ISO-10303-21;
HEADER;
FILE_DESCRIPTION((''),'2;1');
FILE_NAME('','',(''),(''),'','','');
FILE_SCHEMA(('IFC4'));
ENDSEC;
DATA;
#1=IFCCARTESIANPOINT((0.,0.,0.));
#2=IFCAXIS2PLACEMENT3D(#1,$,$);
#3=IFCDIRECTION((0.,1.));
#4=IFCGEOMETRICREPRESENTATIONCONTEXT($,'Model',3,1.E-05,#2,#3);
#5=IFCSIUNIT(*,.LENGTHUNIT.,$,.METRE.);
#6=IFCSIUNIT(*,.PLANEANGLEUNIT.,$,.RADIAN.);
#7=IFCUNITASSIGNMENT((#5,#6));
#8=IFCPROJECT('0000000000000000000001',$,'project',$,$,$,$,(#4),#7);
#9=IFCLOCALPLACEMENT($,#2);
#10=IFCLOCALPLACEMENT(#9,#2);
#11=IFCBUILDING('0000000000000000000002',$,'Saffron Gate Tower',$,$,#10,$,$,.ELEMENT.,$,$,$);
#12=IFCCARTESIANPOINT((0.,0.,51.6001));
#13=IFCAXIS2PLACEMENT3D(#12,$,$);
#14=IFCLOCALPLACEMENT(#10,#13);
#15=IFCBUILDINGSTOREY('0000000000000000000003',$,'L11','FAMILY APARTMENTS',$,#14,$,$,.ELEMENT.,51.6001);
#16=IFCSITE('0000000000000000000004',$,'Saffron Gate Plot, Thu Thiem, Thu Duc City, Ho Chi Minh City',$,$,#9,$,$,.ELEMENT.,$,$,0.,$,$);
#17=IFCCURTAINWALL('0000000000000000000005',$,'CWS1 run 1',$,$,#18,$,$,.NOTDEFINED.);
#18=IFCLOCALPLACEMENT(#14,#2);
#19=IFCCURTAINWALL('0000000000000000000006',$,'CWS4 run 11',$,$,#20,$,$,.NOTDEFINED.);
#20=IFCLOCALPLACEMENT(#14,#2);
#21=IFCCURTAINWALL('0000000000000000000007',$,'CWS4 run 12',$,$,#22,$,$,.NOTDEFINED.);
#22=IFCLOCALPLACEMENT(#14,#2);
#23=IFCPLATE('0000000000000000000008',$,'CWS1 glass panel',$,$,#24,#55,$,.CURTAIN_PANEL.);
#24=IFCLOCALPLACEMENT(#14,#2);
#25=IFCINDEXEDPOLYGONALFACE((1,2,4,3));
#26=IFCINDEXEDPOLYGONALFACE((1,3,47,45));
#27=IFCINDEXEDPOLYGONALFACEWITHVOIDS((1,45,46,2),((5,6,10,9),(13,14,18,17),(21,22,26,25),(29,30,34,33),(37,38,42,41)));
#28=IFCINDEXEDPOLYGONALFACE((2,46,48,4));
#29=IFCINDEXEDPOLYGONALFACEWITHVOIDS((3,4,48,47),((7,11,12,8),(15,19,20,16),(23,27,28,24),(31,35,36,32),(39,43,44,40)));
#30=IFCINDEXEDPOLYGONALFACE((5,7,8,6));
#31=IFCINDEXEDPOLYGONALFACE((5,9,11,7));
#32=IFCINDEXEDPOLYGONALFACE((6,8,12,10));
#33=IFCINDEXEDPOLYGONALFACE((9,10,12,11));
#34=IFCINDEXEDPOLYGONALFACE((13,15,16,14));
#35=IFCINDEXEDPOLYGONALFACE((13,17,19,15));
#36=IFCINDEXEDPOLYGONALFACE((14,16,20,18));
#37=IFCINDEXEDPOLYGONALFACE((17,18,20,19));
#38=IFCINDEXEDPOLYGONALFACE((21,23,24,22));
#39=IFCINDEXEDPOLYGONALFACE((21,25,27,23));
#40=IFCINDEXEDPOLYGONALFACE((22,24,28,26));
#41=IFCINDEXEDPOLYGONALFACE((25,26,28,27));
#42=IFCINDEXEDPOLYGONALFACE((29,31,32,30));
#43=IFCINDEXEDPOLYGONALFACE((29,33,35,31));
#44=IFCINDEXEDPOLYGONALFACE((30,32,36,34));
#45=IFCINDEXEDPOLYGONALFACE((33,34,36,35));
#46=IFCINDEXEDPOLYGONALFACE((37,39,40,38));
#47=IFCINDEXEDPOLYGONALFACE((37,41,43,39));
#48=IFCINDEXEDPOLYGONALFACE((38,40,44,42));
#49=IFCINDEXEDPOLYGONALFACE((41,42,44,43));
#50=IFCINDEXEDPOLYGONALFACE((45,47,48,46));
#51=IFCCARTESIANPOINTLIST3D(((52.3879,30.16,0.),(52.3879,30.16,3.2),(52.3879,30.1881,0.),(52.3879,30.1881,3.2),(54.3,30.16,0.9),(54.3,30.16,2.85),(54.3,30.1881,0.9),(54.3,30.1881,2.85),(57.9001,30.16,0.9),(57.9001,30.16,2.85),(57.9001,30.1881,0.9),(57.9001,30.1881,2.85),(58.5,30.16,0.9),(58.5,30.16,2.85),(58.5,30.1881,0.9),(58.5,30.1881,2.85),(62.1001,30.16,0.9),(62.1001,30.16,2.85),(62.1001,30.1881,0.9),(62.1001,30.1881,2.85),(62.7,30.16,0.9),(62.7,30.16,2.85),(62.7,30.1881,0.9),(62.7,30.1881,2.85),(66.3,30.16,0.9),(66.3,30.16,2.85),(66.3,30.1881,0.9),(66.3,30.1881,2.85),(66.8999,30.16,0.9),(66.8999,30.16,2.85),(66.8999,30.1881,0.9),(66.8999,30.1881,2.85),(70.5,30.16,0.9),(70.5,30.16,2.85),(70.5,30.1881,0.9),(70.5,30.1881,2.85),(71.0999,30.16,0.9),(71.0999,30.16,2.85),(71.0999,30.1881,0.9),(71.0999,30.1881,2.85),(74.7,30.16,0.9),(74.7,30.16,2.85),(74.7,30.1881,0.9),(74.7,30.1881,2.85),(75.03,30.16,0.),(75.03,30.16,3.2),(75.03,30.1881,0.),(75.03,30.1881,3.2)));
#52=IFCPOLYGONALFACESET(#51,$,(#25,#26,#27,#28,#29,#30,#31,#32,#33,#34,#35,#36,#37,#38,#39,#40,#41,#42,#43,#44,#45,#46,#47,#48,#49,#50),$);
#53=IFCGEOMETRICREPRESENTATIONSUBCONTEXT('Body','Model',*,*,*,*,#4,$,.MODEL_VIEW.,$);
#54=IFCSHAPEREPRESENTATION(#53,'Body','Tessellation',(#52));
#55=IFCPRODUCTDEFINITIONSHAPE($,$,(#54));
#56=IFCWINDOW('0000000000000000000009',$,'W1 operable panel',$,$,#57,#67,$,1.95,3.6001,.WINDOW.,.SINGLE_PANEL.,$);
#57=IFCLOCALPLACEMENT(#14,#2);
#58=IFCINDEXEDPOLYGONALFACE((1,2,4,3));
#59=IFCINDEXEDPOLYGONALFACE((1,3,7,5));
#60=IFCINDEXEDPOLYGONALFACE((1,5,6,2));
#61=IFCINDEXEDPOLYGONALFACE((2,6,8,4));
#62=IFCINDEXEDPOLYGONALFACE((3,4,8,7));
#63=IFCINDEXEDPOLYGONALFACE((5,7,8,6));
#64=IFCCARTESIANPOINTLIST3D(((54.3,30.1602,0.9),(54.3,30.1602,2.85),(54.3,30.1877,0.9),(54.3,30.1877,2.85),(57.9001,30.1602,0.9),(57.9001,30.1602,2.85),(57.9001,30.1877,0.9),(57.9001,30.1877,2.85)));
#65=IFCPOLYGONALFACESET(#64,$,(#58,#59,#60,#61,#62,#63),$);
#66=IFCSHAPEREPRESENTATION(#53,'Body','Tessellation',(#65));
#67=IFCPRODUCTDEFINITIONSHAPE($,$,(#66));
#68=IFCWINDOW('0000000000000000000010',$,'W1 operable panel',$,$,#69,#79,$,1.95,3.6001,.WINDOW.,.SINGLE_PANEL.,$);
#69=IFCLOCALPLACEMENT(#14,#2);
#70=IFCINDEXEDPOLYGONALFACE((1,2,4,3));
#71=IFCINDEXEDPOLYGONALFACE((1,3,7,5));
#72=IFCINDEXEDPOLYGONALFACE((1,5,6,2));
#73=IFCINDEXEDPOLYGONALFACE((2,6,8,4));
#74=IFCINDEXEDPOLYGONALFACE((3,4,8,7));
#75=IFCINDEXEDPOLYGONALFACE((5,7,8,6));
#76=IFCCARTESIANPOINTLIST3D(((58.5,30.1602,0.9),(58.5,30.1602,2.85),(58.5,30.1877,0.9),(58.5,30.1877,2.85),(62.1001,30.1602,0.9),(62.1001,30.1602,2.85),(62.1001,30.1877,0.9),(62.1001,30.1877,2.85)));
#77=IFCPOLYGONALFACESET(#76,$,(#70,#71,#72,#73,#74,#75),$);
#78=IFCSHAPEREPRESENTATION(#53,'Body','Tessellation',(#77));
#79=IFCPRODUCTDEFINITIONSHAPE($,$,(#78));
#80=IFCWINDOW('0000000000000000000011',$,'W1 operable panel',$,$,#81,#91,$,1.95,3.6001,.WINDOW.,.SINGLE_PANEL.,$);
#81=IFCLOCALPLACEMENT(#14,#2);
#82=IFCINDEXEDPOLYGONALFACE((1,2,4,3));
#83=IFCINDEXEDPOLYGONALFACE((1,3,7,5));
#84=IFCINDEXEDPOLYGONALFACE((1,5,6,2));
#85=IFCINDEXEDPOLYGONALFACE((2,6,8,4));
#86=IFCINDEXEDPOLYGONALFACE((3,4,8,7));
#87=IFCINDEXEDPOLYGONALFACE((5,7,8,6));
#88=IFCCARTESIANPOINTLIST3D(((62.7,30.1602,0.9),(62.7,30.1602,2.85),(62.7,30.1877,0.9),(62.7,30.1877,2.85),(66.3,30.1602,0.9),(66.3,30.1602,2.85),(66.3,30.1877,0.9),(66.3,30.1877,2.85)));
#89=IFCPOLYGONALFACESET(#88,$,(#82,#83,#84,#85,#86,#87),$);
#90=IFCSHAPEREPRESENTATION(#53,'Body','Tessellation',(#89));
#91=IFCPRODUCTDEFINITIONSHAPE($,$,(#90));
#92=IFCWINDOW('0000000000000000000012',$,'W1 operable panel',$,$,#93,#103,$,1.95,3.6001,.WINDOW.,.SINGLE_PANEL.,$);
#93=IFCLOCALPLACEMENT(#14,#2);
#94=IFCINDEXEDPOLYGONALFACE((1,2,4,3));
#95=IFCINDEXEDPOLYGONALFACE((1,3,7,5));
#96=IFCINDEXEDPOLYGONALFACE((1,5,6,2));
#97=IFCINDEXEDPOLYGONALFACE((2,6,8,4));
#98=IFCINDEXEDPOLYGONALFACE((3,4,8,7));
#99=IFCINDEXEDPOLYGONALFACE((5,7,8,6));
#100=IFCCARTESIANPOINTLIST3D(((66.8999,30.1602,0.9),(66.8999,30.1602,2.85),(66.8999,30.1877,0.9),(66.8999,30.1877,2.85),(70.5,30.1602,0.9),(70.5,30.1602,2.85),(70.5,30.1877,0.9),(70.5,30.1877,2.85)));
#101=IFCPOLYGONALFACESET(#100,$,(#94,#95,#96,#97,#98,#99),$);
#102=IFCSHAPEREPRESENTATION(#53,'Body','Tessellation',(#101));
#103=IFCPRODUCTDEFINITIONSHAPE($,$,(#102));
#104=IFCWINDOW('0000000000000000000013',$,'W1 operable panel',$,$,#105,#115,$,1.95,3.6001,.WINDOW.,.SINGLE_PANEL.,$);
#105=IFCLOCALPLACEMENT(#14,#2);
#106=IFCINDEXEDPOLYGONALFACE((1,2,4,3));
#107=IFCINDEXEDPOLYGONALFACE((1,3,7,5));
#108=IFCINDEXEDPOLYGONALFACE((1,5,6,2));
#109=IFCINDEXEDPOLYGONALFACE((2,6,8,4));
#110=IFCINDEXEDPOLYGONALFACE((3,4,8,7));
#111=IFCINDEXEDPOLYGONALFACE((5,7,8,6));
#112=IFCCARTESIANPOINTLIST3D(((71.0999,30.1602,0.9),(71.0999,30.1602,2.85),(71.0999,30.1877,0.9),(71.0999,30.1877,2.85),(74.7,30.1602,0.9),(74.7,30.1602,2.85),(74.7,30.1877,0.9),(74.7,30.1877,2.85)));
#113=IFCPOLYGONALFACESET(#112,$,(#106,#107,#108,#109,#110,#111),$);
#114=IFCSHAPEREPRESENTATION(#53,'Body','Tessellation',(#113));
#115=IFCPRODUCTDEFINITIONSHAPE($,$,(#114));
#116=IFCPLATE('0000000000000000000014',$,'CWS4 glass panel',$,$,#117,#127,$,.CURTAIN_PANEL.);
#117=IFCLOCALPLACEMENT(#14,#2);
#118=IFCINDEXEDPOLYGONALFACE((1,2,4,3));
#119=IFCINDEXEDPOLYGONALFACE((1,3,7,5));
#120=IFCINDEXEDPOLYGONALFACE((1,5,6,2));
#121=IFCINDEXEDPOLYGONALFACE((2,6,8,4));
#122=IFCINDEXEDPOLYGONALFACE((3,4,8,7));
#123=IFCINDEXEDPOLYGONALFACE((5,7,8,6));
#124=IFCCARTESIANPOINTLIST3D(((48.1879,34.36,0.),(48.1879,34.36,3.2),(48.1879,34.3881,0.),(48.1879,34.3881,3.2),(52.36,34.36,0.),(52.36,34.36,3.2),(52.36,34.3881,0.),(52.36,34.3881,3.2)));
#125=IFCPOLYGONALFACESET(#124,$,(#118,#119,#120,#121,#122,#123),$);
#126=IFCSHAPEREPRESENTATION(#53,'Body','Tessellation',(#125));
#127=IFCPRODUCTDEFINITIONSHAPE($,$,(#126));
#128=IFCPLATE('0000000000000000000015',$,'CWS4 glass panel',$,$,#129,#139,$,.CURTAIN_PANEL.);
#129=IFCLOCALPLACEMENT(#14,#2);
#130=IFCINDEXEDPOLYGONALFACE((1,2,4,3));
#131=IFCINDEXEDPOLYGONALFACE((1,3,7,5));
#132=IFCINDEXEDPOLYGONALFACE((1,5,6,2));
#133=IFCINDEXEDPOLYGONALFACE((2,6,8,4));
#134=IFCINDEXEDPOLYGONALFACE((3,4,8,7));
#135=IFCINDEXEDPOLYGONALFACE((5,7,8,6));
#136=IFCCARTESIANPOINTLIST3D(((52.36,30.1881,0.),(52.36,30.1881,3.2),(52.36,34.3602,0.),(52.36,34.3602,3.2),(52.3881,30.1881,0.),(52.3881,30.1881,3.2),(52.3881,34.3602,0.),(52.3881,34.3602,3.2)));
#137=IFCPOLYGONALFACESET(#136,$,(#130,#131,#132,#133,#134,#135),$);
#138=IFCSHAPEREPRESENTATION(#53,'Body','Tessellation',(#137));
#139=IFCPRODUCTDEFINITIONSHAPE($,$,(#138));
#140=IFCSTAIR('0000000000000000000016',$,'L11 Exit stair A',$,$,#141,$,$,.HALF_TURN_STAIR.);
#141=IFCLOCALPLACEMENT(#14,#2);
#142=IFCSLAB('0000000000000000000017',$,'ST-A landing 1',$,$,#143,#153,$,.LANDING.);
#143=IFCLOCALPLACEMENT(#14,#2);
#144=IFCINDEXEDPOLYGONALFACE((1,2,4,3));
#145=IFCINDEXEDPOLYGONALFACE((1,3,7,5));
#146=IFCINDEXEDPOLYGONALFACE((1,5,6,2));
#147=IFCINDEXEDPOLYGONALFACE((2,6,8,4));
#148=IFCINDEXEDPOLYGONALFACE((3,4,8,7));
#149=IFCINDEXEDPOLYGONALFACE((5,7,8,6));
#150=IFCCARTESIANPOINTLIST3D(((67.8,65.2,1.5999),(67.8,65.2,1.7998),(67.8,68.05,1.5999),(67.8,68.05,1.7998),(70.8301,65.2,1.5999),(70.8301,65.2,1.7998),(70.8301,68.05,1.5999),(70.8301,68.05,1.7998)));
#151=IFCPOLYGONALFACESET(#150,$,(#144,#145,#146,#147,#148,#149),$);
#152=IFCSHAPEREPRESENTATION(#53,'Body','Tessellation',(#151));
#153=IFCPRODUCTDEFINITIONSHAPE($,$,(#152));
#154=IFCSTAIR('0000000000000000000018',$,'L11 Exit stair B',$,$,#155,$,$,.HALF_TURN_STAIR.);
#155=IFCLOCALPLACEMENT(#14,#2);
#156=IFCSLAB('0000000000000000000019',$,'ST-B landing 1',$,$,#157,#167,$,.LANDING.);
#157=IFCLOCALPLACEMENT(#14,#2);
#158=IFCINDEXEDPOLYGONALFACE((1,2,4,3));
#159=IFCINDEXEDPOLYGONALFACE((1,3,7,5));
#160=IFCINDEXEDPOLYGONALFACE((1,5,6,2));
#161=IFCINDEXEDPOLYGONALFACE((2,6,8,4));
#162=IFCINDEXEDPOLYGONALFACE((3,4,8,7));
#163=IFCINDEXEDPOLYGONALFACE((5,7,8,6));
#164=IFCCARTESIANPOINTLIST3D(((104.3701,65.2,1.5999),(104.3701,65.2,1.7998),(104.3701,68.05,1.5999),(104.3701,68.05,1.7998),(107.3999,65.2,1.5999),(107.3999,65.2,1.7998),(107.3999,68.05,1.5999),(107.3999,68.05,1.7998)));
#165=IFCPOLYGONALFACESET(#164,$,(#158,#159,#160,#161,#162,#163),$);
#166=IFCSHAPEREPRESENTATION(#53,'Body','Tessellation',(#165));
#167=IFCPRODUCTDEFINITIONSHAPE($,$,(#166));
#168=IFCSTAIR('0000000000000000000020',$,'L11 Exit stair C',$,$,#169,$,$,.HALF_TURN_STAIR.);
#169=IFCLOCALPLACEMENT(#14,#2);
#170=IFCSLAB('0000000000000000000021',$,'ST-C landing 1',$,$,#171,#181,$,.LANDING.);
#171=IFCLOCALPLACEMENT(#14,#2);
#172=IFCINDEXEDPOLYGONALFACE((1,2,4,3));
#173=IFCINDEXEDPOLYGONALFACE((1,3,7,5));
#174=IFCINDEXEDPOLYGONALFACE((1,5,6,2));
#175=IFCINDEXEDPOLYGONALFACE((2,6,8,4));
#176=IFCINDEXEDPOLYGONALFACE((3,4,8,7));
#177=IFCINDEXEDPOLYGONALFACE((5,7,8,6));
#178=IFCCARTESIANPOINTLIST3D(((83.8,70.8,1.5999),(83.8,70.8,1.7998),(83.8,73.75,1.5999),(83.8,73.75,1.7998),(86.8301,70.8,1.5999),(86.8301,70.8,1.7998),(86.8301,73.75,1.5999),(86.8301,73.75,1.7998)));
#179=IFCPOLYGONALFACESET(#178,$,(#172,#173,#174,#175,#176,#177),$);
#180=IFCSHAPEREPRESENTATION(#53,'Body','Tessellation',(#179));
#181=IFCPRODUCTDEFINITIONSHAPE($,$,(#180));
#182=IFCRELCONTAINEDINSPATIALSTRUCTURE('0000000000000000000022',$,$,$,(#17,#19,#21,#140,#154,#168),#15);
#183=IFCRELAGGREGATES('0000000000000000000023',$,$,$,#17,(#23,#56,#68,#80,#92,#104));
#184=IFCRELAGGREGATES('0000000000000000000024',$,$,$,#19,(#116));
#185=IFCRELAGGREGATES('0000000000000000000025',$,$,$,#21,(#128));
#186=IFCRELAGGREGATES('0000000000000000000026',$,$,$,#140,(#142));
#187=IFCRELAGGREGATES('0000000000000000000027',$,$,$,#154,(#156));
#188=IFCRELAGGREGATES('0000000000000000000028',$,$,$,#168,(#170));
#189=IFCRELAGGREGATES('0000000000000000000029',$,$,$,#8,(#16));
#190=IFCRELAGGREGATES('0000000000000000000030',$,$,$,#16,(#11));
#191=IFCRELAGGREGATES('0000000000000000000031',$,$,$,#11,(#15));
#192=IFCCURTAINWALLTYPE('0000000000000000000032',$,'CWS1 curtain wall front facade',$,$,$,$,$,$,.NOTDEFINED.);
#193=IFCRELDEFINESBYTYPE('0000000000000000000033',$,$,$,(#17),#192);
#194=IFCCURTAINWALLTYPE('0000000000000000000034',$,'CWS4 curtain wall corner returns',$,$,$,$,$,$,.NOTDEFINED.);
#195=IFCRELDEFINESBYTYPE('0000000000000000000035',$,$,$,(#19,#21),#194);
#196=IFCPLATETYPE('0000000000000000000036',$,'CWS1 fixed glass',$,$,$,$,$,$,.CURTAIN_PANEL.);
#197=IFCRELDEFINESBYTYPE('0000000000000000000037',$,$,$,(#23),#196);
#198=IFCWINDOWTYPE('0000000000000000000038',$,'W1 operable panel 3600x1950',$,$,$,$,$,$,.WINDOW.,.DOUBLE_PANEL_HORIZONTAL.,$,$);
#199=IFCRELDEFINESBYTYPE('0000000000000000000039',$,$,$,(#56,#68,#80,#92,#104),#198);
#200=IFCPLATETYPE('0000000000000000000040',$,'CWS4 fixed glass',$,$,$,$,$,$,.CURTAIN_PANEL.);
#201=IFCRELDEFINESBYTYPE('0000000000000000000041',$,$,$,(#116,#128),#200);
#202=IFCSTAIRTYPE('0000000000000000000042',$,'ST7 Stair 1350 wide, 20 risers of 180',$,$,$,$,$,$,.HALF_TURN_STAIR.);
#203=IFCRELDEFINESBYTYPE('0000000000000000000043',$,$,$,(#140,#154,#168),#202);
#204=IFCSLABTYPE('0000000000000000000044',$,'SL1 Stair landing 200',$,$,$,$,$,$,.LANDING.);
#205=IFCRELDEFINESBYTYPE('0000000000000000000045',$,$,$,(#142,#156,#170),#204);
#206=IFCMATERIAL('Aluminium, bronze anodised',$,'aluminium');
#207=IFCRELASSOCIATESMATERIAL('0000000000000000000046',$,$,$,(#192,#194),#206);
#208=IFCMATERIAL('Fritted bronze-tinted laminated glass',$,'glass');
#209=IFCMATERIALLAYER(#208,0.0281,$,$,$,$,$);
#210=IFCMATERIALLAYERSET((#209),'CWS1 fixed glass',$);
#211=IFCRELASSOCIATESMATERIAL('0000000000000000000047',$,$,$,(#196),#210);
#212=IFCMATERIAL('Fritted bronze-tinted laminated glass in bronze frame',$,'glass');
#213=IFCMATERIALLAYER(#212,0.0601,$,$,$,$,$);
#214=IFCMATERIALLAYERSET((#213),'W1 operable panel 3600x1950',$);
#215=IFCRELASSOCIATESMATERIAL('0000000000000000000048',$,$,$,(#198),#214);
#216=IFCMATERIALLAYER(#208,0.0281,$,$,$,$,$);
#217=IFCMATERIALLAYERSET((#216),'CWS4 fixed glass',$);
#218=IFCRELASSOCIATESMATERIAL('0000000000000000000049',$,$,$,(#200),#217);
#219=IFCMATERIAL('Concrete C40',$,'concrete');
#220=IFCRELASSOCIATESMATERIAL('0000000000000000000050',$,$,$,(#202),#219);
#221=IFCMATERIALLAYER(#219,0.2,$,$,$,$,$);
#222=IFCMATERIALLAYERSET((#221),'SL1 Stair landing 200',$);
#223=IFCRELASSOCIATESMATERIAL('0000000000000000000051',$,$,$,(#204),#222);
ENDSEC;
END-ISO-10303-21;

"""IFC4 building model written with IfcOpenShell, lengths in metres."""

from ifc_helpers import new_model, si_unit, direction, frame, frame_2d, origin, place, context, subcontext, project, spatial, polyline, rectangle, outline, extrude, material, layer, layer_set, type_object, element, fill, aggregate, save


model = new_model("IFC4")

# Units and contexts
model_context = context("Model", 3, precision=1e-05, world=origin(), true_north=direction((0.0, 1.0)))
body_context = subcontext(model_context, "Body", "Model", "MODEL_VIEW")
ifc_project = project(units=[si_unit("LENGTHUNIT", "METRE"), si_unit("PLANEANGLEUNIT", "RADIAN")], contexts=[model_context])

# Site, building, storey
site_placement = place(None, origin())
site = spatial("IfcSite", under=ifc_project, at=site_placement, Name="Saffron Gate Plot, Thu Thiem, Thu Duc City, Ho Chi Minh City", CompositionType="ELEMENT", RefElevation=0.0)
building_placement = place(site_placement, origin())
building = spatial("IfcBuilding", under=site, at=building_placement, Name="Saffron Gate Tower", CompositionType="ELEMENT")
storey_placement = place(building_placement, frame((0.0, 0.0, 51.6001)))
storey = spatial("IfcBuildingStorey", under=building, at=storey_placement, Name="L11", Description="FAMILY APARTMENTS", CompositionType="ELEMENT", Elevation=51.6001)

# Curtain wall
ifc_material_1 = material(Name="Aluminium, bronze anodised", Category="aluminium")
curtain_wall_type_1 = type_object("IfcCurtainWallType", Name="CWS1 curtain wall front facade", PredefinedType="NOTDEFINED", material=ifc_material_1)
curtain_wall_1_placement = place(storey_placement, origin())
curtain_wall_1 = element("IfcCurtainWall", 1, at=curtain_wall_1_placement, inside=storey, type_object=curtain_wall_type_1, Name="CWS1 run 1", PredefinedType="NOTDEFINED")

# Curtain walls
curtain_wall_type_2 = type_object("IfcCurtainWallType", Name="CWS4 curtain wall corner returns", PredefinedType="NOTDEFINED", material=ifc_material_1)
curtain_wall_2_placement = place(storey_placement, origin())
curtain_wall_2 = element("IfcCurtainWall", 2, at=curtain_wall_2_placement, inside=storey, type_object=curtain_wall_type_2, Name="CWS4 run 11", PredefinedType="NOTDEFINED")
curtain_wall_3_placement = place(storey_placement, origin())
curtain_wall_3 = element("IfcCurtainWall", 3, at=curtain_wall_3_placement, inside=storey, type_object=curtain_wall_type_2, Name="CWS4 run 12", PredefinedType="NOTDEFINED")

# Plate, openings, windows
ifc_material_2 = material(Name="Fritted bronze-tinted laminated glass", Category="glass")
ifc_layer_1 = layer(ifc_material_2, 0.0281)
ifc_layer_set_1 = layer_set([ifc_layer_1], Name="CWS1 fixed glass")
plate_type_1 = type_object("IfcPlateType", Name="CWS1 fixed glass", PredefinedType="CURTAIN_PANEL", material=ifc_layer_set_1)
plate_1_placement = place(storey_placement, frame((52.3879, 30.1741, 0.0), z_axis=(0.0, 0.0, 1.0), x_axis=(1.0, 0.0, 0.0)))
plate_1 = element("IfcPlate", 4, at=plate_1_placement, type_object=plate_type_1, Name="CWS1 glass panel", PredefinedType="CURTAIN_PANEL", context=body_context, shape_type="SweptSolid", body=[
    extrude(rectangle(XDim=22.6421, YDim=0.0281, at=frame_2d((11.321, 0.0))), origin(), (0.0, 0.0, 1.0), 3.2),
])
opening_1_placement = place(plate_1_placement, frame((1.9121, 0.0, 0.8999)))
opening_1 = element("IfcOpeningElement", 5, at=opening_1_placement, cuts=plate_1, PredefinedType="OPENING", context=body_context, shape_type="SweptSolid", body=[
    extrude(rectangle(XDim=3.6001, YDim=1.95, at=frame_2d((1.8, 0.9751))), frame((0.0, 0.0239, 0.0), z_axis=(0.0, -1.0, 0.0), x_axis=(1.0, 0.0, 0.0)), (0.0, 0.0, 1.0), 0.0481),
])
opening_2_placement = place(plate_1_placement, frame((6.1121, 0.0, 0.8999)))
opening_2 = element("IfcOpeningElement", 6, at=opening_2_placement, cuts=plate_1, PredefinedType="OPENING", context=body_context, shape_type="SweptSolid", body=[
    extrude(rectangle(XDim=3.6001, YDim=1.95, at=frame_2d((1.8, 0.9751))), frame((0.0, 0.0239, 0.0), z_axis=(0.0, -1.0, 0.0), x_axis=(1.0, 0.0, 0.0)), (0.0, 0.0, 1.0), 0.0481),
])
opening_3_placement = place(plate_1_placement, frame((10.312, 0.0, 0.8999)))
opening_3 = element("IfcOpeningElement", 7, at=opening_3_placement, cuts=plate_1, PredefinedType="OPENING", context=body_context, shape_type="SweptSolid", body=[
    extrude(rectangle(XDim=3.6001, YDim=1.95, at=frame_2d((1.8, 0.9751))), frame((0.0, 0.0239, 0.0), z_axis=(0.0, -1.0, 0.0), x_axis=(1.0, 0.0, 0.0)), (0.0, 0.0, 1.0), 0.0481),
])
opening_4_placement = place(plate_1_placement, frame((14.512, 0.0, 0.8999)))
opening_4 = element("IfcOpeningElement", 8, at=opening_4_placement, cuts=plate_1, PredefinedType="OPENING", context=body_context, shape_type="SweptSolid", body=[
    extrude(rectangle(XDim=3.6001, YDim=1.95, at=frame_2d((1.8, 0.9751))), frame((0.0, 0.0239, 0.0), z_axis=(0.0, -1.0, 0.0), x_axis=(1.0, 0.0, 0.0)), (0.0, 0.0, 1.0), 0.0481),
])
opening_5_placement = place(plate_1_placement, frame((18.7119, 0.0, 0.8999)))
opening_5 = element("IfcOpeningElement", 9, at=opening_5_placement, cuts=plate_1, PredefinedType="OPENING", context=body_context, shape_type="SweptSolid", body=[
    extrude(rectangle(XDim=3.6001, YDim=1.95, at=frame_2d((1.8, 0.9751))), frame((0.0, 0.0239, 0.0), z_axis=(0.0, -1.0, 0.0), x_axis=(1.0, 0.0, 0.0)), (0.0, 0.0, 1.0), 0.0481),
])
ifc_material_3 = material(Name="Fritted bronze-tinted laminated glass in bronze frame", Category="glass")
ifc_layer_2 = layer(ifc_material_3, 0.0601)
ifc_layer_set_2 = layer_set([ifc_layer_2], Name="W1 operable panel 3600x1950")
window_type = type_object("IfcWindowType", Name="W1 operable panel 3600x1950", PartitioningType="DOUBLE_PANEL_HORIZONTAL", PredefinedType="WINDOW", material=ifc_layer_set_2)
window_1_placement = place(opening_1_placement, origin())
window_1 = element("IfcWindow", 10, at=window_1_placement, type_object=window_type, Name="W1 operable panel", OverallHeight=1.95, OverallWidth=3.6001, PartitioningType="SINGLE_PANEL", PredefinedType="WINDOW", context=body_context, shape_type="SweptSolid", body=[
    extrude(rectangle(XDim=3.6001, YDim=1.95, at=frame_2d((1.8, 0.9751))), frame((0.0, 0.0137, 0.0), z_axis=(0.0, -1.0, 0.0), x_axis=(1.0, 0.0, 0.0)), (0.0, 0.0, 1.0), 0.0276),
])
fill(opening_1, window_1)
window_2_placement = place(opening_2_placement, origin())
window_2 = element("IfcWindow", 11, at=window_2_placement, type_object=window_type, Name="W1 operable panel", OverallHeight=1.95, OverallWidth=3.6001, PartitioningType="SINGLE_PANEL", PredefinedType="WINDOW", context=body_context, shape_type="SweptSolid", body=[
    extrude(rectangle(XDim=3.6001, YDim=1.95, at=frame_2d((1.8, 0.9751))), frame((0.0, 0.0137, 0.0), z_axis=(0.0, -1.0, 0.0), x_axis=(1.0, 0.0, 0.0)), (0.0, 0.0, 1.0), 0.0276),
])
fill(opening_2, window_2)
window_3_placement = place(opening_3_placement, origin())
window_3 = element("IfcWindow", 12, at=window_3_placement, type_object=window_type, Name="W1 operable panel", OverallHeight=1.95, OverallWidth=3.6001, PartitioningType="SINGLE_PANEL", PredefinedType="WINDOW", context=body_context, shape_type="SweptSolid", body=[
    extrude(rectangle(XDim=3.6001, YDim=1.95, at=frame_2d((1.8, 0.9751))), frame((0.0, 0.0137, 0.0), z_axis=(0.0, -1.0, 0.0), x_axis=(1.0, 0.0, 0.0)), (0.0, 0.0, 1.0), 0.0276),
])
fill(opening_3, window_3)
window_4_placement = place(opening_4_placement, origin())
window_4 = element("IfcWindow", 13, at=window_4_placement, type_object=window_type, Name="W1 operable panel", OverallHeight=1.95, OverallWidth=3.6001, PartitioningType="SINGLE_PANEL", PredefinedType="WINDOW", context=body_context, shape_type="SweptSolid", body=[
    extrude(rectangle(XDim=3.6001, YDim=1.95, at=frame_2d((1.8, 0.9751))), frame((0.0, 0.0137, 0.0), z_axis=(0.0, -1.0, 0.0), x_axis=(1.0, 0.0, 0.0)), (0.0, 0.0, 1.0), 0.0276),
])
fill(opening_4, window_4)
window_5_placement = place(opening_5_placement, origin())
window_5 = element("IfcWindow", 14, at=window_5_placement, type_object=window_type, Name="W1 operable panel", OverallHeight=1.95, OverallWidth=3.6001, PartitioningType="SINGLE_PANEL", PredefinedType="WINDOW", context=body_context, shape_type="SweptSolid", body=[
    extrude(rectangle(XDim=3.6001, YDim=1.95, at=frame_2d((1.8, 0.9751))), frame((0.0, 0.0137, 0.0), z_axis=(0.0, -1.0, 0.0), x_axis=(1.0, 0.0, 0.0)), (0.0, 0.0, 1.0), 0.0276),
])
fill(opening_5, window_5)
aggregate(curtain_wall_1, [plate_1, window_1, window_2, window_3, window_4, window_5])

# Plates
ifc_layer_3 = layer(ifc_material_2, 0.0281)
ifc_layer_set_3 = layer_set([ifc_layer_3], Name="CWS4 fixed glass")
plate_type_2 = type_object("IfcPlateType", Name="CWS4 fixed glass", PredefinedType="CURTAIN_PANEL", material=ifc_layer_set_3)
plate_2_placement = place(storey_placement, frame((48.188, 34.374, 0.0), z_axis=(0.0, 0.0, 1.0), x_axis=(1.0, 0.0, 0.0)))
plate_2 = element("IfcPlate", 15, at=plate_2_placement, type_object=plate_type_2, Name="CWS4 glass panel", PredefinedType="CURTAIN_PANEL", context=body_context, shape_type="SweptSolid", body=[
    extrude(rectangle(XDim=4.1721, YDim=0.0281, at=frame_2d((2.0859, 0.0))), origin(), (0.0, 0.0, 1.0), 3.2),
])
aggregate(curtain_wall_2, [plate_2])
plate_3_placement = place(storey_placement, frame((52.374, 34.3601, 0.0), z_axis=(0.0, 0.0, 1.0), x_axis=(0.0, -1.0, 0.0)))
plate_3 = element("IfcPlate", 16, at=plate_3_placement, type_object=plate_type_2, Name="CWS4 glass panel", PredefinedType="CURTAIN_PANEL", context=body_context, shape_type="SweptSolid", body=[
    extrude(rectangle(XDim=4.1721, YDim=0.0281, at=frame_2d((2.0859, 0.0))), origin(), (0.0, 0.0, 1.0), 3.2),
])
aggregate(curtain_wall_3, [plate_3])

# Stairs, slabs
ifc_material_4 = material(Name="Concrete C40", Category="concrete")
stair_type = type_object("IfcStairType", Name="ST7 Stair 1350 wide, 20 risers of 180", PredefinedType="HALF_TURN_STAIR", material=ifc_material_4)
stair_1_placement = place(storey_placement, origin())
stair_1 = element("IfcStair", 17, at=stair_1_placement, inside=storey, type_object=stair_type, Name="L11 Exit stair A", PredefinedType="HALF_TURN_STAIR")
ifc_layer_4 = layer(ifc_material_4, 0.2)
ifc_layer_set_4 = layer_set([ifc_layer_4], Name="SL1 Stair landing 200")
slab_type = type_object("IfcSlabType", Name="SL1 Stair landing 200", PredefinedType="LANDING", material=ifc_layer_set_4)
slab_1_placement = place(storey_placement, frame((0.0, 0.0, 1.5999)))
slab_1 = element("IfcSlab", 18, at=slab_1_placement, type_object=slab_type, Name="ST-A landing 1", PredefinedType="LANDING", context=body_context, shape_type="SweptSolid", body=[
    extrude(outline(polyline([(70.8301, 68.05), (67.8, 68.05), (67.8, 65.2), (70.8301, 65.2), (70.8301, 68.05)])), origin(), (0.0, 0.0, 1.0), 0.2),
])
aggregate(stair_1, [slab_1])
stair_2_placement = place(storey_placement, origin())
stair_2 = element("IfcStair", 19, at=stair_2_placement, inside=storey, type_object=stair_type, Name="L11 Exit stair B", PredefinedType="HALF_TURN_STAIR")
slab_2_placement = place(storey_placement, frame((0.0, 0.0, 1.5999)))
slab_2 = element("IfcSlab", 20, at=slab_2_placement, type_object=slab_type, Name="ST-B landing 1", PredefinedType="LANDING", context=body_context, shape_type="SweptSolid", body=[
    extrude(outline(polyline([(104.3701, 65.2), (107.3999, 65.2), (107.3999, 68.05), (104.3701, 68.05), (104.3701, 65.2)])), origin(), (0.0, 0.0, 1.0), 0.2),
])
aggregate(stair_2, [slab_2])
stair_3_placement = place(storey_placement, origin())
stair_3 = element("IfcStair", 21, at=stair_3_placement, inside=storey, type_object=stair_type, Name="L11 Exit stair C", PredefinedType="HALF_TURN_STAIR")
slab_3_placement = place(storey_placement, frame((0.0, 0.0, 1.5999)))
slab_3 = element("IfcSlab", 22, at=slab_3_placement, type_object=slab_type, Name="ST-C landing 1", PredefinedType="LANDING", context=body_context, shape_type="SweptSolid", body=[
    extrude(outline(polyline([(86.8301, 73.75), (83.8, 73.75), (83.8, 70.8), (86.8301, 70.8), (86.8301, 73.75)])), origin(), (0.0, 0.0, 1.0), 0.2),
])
aggregate(stair_3, [slab_3])

save(model, "model.ifc")
